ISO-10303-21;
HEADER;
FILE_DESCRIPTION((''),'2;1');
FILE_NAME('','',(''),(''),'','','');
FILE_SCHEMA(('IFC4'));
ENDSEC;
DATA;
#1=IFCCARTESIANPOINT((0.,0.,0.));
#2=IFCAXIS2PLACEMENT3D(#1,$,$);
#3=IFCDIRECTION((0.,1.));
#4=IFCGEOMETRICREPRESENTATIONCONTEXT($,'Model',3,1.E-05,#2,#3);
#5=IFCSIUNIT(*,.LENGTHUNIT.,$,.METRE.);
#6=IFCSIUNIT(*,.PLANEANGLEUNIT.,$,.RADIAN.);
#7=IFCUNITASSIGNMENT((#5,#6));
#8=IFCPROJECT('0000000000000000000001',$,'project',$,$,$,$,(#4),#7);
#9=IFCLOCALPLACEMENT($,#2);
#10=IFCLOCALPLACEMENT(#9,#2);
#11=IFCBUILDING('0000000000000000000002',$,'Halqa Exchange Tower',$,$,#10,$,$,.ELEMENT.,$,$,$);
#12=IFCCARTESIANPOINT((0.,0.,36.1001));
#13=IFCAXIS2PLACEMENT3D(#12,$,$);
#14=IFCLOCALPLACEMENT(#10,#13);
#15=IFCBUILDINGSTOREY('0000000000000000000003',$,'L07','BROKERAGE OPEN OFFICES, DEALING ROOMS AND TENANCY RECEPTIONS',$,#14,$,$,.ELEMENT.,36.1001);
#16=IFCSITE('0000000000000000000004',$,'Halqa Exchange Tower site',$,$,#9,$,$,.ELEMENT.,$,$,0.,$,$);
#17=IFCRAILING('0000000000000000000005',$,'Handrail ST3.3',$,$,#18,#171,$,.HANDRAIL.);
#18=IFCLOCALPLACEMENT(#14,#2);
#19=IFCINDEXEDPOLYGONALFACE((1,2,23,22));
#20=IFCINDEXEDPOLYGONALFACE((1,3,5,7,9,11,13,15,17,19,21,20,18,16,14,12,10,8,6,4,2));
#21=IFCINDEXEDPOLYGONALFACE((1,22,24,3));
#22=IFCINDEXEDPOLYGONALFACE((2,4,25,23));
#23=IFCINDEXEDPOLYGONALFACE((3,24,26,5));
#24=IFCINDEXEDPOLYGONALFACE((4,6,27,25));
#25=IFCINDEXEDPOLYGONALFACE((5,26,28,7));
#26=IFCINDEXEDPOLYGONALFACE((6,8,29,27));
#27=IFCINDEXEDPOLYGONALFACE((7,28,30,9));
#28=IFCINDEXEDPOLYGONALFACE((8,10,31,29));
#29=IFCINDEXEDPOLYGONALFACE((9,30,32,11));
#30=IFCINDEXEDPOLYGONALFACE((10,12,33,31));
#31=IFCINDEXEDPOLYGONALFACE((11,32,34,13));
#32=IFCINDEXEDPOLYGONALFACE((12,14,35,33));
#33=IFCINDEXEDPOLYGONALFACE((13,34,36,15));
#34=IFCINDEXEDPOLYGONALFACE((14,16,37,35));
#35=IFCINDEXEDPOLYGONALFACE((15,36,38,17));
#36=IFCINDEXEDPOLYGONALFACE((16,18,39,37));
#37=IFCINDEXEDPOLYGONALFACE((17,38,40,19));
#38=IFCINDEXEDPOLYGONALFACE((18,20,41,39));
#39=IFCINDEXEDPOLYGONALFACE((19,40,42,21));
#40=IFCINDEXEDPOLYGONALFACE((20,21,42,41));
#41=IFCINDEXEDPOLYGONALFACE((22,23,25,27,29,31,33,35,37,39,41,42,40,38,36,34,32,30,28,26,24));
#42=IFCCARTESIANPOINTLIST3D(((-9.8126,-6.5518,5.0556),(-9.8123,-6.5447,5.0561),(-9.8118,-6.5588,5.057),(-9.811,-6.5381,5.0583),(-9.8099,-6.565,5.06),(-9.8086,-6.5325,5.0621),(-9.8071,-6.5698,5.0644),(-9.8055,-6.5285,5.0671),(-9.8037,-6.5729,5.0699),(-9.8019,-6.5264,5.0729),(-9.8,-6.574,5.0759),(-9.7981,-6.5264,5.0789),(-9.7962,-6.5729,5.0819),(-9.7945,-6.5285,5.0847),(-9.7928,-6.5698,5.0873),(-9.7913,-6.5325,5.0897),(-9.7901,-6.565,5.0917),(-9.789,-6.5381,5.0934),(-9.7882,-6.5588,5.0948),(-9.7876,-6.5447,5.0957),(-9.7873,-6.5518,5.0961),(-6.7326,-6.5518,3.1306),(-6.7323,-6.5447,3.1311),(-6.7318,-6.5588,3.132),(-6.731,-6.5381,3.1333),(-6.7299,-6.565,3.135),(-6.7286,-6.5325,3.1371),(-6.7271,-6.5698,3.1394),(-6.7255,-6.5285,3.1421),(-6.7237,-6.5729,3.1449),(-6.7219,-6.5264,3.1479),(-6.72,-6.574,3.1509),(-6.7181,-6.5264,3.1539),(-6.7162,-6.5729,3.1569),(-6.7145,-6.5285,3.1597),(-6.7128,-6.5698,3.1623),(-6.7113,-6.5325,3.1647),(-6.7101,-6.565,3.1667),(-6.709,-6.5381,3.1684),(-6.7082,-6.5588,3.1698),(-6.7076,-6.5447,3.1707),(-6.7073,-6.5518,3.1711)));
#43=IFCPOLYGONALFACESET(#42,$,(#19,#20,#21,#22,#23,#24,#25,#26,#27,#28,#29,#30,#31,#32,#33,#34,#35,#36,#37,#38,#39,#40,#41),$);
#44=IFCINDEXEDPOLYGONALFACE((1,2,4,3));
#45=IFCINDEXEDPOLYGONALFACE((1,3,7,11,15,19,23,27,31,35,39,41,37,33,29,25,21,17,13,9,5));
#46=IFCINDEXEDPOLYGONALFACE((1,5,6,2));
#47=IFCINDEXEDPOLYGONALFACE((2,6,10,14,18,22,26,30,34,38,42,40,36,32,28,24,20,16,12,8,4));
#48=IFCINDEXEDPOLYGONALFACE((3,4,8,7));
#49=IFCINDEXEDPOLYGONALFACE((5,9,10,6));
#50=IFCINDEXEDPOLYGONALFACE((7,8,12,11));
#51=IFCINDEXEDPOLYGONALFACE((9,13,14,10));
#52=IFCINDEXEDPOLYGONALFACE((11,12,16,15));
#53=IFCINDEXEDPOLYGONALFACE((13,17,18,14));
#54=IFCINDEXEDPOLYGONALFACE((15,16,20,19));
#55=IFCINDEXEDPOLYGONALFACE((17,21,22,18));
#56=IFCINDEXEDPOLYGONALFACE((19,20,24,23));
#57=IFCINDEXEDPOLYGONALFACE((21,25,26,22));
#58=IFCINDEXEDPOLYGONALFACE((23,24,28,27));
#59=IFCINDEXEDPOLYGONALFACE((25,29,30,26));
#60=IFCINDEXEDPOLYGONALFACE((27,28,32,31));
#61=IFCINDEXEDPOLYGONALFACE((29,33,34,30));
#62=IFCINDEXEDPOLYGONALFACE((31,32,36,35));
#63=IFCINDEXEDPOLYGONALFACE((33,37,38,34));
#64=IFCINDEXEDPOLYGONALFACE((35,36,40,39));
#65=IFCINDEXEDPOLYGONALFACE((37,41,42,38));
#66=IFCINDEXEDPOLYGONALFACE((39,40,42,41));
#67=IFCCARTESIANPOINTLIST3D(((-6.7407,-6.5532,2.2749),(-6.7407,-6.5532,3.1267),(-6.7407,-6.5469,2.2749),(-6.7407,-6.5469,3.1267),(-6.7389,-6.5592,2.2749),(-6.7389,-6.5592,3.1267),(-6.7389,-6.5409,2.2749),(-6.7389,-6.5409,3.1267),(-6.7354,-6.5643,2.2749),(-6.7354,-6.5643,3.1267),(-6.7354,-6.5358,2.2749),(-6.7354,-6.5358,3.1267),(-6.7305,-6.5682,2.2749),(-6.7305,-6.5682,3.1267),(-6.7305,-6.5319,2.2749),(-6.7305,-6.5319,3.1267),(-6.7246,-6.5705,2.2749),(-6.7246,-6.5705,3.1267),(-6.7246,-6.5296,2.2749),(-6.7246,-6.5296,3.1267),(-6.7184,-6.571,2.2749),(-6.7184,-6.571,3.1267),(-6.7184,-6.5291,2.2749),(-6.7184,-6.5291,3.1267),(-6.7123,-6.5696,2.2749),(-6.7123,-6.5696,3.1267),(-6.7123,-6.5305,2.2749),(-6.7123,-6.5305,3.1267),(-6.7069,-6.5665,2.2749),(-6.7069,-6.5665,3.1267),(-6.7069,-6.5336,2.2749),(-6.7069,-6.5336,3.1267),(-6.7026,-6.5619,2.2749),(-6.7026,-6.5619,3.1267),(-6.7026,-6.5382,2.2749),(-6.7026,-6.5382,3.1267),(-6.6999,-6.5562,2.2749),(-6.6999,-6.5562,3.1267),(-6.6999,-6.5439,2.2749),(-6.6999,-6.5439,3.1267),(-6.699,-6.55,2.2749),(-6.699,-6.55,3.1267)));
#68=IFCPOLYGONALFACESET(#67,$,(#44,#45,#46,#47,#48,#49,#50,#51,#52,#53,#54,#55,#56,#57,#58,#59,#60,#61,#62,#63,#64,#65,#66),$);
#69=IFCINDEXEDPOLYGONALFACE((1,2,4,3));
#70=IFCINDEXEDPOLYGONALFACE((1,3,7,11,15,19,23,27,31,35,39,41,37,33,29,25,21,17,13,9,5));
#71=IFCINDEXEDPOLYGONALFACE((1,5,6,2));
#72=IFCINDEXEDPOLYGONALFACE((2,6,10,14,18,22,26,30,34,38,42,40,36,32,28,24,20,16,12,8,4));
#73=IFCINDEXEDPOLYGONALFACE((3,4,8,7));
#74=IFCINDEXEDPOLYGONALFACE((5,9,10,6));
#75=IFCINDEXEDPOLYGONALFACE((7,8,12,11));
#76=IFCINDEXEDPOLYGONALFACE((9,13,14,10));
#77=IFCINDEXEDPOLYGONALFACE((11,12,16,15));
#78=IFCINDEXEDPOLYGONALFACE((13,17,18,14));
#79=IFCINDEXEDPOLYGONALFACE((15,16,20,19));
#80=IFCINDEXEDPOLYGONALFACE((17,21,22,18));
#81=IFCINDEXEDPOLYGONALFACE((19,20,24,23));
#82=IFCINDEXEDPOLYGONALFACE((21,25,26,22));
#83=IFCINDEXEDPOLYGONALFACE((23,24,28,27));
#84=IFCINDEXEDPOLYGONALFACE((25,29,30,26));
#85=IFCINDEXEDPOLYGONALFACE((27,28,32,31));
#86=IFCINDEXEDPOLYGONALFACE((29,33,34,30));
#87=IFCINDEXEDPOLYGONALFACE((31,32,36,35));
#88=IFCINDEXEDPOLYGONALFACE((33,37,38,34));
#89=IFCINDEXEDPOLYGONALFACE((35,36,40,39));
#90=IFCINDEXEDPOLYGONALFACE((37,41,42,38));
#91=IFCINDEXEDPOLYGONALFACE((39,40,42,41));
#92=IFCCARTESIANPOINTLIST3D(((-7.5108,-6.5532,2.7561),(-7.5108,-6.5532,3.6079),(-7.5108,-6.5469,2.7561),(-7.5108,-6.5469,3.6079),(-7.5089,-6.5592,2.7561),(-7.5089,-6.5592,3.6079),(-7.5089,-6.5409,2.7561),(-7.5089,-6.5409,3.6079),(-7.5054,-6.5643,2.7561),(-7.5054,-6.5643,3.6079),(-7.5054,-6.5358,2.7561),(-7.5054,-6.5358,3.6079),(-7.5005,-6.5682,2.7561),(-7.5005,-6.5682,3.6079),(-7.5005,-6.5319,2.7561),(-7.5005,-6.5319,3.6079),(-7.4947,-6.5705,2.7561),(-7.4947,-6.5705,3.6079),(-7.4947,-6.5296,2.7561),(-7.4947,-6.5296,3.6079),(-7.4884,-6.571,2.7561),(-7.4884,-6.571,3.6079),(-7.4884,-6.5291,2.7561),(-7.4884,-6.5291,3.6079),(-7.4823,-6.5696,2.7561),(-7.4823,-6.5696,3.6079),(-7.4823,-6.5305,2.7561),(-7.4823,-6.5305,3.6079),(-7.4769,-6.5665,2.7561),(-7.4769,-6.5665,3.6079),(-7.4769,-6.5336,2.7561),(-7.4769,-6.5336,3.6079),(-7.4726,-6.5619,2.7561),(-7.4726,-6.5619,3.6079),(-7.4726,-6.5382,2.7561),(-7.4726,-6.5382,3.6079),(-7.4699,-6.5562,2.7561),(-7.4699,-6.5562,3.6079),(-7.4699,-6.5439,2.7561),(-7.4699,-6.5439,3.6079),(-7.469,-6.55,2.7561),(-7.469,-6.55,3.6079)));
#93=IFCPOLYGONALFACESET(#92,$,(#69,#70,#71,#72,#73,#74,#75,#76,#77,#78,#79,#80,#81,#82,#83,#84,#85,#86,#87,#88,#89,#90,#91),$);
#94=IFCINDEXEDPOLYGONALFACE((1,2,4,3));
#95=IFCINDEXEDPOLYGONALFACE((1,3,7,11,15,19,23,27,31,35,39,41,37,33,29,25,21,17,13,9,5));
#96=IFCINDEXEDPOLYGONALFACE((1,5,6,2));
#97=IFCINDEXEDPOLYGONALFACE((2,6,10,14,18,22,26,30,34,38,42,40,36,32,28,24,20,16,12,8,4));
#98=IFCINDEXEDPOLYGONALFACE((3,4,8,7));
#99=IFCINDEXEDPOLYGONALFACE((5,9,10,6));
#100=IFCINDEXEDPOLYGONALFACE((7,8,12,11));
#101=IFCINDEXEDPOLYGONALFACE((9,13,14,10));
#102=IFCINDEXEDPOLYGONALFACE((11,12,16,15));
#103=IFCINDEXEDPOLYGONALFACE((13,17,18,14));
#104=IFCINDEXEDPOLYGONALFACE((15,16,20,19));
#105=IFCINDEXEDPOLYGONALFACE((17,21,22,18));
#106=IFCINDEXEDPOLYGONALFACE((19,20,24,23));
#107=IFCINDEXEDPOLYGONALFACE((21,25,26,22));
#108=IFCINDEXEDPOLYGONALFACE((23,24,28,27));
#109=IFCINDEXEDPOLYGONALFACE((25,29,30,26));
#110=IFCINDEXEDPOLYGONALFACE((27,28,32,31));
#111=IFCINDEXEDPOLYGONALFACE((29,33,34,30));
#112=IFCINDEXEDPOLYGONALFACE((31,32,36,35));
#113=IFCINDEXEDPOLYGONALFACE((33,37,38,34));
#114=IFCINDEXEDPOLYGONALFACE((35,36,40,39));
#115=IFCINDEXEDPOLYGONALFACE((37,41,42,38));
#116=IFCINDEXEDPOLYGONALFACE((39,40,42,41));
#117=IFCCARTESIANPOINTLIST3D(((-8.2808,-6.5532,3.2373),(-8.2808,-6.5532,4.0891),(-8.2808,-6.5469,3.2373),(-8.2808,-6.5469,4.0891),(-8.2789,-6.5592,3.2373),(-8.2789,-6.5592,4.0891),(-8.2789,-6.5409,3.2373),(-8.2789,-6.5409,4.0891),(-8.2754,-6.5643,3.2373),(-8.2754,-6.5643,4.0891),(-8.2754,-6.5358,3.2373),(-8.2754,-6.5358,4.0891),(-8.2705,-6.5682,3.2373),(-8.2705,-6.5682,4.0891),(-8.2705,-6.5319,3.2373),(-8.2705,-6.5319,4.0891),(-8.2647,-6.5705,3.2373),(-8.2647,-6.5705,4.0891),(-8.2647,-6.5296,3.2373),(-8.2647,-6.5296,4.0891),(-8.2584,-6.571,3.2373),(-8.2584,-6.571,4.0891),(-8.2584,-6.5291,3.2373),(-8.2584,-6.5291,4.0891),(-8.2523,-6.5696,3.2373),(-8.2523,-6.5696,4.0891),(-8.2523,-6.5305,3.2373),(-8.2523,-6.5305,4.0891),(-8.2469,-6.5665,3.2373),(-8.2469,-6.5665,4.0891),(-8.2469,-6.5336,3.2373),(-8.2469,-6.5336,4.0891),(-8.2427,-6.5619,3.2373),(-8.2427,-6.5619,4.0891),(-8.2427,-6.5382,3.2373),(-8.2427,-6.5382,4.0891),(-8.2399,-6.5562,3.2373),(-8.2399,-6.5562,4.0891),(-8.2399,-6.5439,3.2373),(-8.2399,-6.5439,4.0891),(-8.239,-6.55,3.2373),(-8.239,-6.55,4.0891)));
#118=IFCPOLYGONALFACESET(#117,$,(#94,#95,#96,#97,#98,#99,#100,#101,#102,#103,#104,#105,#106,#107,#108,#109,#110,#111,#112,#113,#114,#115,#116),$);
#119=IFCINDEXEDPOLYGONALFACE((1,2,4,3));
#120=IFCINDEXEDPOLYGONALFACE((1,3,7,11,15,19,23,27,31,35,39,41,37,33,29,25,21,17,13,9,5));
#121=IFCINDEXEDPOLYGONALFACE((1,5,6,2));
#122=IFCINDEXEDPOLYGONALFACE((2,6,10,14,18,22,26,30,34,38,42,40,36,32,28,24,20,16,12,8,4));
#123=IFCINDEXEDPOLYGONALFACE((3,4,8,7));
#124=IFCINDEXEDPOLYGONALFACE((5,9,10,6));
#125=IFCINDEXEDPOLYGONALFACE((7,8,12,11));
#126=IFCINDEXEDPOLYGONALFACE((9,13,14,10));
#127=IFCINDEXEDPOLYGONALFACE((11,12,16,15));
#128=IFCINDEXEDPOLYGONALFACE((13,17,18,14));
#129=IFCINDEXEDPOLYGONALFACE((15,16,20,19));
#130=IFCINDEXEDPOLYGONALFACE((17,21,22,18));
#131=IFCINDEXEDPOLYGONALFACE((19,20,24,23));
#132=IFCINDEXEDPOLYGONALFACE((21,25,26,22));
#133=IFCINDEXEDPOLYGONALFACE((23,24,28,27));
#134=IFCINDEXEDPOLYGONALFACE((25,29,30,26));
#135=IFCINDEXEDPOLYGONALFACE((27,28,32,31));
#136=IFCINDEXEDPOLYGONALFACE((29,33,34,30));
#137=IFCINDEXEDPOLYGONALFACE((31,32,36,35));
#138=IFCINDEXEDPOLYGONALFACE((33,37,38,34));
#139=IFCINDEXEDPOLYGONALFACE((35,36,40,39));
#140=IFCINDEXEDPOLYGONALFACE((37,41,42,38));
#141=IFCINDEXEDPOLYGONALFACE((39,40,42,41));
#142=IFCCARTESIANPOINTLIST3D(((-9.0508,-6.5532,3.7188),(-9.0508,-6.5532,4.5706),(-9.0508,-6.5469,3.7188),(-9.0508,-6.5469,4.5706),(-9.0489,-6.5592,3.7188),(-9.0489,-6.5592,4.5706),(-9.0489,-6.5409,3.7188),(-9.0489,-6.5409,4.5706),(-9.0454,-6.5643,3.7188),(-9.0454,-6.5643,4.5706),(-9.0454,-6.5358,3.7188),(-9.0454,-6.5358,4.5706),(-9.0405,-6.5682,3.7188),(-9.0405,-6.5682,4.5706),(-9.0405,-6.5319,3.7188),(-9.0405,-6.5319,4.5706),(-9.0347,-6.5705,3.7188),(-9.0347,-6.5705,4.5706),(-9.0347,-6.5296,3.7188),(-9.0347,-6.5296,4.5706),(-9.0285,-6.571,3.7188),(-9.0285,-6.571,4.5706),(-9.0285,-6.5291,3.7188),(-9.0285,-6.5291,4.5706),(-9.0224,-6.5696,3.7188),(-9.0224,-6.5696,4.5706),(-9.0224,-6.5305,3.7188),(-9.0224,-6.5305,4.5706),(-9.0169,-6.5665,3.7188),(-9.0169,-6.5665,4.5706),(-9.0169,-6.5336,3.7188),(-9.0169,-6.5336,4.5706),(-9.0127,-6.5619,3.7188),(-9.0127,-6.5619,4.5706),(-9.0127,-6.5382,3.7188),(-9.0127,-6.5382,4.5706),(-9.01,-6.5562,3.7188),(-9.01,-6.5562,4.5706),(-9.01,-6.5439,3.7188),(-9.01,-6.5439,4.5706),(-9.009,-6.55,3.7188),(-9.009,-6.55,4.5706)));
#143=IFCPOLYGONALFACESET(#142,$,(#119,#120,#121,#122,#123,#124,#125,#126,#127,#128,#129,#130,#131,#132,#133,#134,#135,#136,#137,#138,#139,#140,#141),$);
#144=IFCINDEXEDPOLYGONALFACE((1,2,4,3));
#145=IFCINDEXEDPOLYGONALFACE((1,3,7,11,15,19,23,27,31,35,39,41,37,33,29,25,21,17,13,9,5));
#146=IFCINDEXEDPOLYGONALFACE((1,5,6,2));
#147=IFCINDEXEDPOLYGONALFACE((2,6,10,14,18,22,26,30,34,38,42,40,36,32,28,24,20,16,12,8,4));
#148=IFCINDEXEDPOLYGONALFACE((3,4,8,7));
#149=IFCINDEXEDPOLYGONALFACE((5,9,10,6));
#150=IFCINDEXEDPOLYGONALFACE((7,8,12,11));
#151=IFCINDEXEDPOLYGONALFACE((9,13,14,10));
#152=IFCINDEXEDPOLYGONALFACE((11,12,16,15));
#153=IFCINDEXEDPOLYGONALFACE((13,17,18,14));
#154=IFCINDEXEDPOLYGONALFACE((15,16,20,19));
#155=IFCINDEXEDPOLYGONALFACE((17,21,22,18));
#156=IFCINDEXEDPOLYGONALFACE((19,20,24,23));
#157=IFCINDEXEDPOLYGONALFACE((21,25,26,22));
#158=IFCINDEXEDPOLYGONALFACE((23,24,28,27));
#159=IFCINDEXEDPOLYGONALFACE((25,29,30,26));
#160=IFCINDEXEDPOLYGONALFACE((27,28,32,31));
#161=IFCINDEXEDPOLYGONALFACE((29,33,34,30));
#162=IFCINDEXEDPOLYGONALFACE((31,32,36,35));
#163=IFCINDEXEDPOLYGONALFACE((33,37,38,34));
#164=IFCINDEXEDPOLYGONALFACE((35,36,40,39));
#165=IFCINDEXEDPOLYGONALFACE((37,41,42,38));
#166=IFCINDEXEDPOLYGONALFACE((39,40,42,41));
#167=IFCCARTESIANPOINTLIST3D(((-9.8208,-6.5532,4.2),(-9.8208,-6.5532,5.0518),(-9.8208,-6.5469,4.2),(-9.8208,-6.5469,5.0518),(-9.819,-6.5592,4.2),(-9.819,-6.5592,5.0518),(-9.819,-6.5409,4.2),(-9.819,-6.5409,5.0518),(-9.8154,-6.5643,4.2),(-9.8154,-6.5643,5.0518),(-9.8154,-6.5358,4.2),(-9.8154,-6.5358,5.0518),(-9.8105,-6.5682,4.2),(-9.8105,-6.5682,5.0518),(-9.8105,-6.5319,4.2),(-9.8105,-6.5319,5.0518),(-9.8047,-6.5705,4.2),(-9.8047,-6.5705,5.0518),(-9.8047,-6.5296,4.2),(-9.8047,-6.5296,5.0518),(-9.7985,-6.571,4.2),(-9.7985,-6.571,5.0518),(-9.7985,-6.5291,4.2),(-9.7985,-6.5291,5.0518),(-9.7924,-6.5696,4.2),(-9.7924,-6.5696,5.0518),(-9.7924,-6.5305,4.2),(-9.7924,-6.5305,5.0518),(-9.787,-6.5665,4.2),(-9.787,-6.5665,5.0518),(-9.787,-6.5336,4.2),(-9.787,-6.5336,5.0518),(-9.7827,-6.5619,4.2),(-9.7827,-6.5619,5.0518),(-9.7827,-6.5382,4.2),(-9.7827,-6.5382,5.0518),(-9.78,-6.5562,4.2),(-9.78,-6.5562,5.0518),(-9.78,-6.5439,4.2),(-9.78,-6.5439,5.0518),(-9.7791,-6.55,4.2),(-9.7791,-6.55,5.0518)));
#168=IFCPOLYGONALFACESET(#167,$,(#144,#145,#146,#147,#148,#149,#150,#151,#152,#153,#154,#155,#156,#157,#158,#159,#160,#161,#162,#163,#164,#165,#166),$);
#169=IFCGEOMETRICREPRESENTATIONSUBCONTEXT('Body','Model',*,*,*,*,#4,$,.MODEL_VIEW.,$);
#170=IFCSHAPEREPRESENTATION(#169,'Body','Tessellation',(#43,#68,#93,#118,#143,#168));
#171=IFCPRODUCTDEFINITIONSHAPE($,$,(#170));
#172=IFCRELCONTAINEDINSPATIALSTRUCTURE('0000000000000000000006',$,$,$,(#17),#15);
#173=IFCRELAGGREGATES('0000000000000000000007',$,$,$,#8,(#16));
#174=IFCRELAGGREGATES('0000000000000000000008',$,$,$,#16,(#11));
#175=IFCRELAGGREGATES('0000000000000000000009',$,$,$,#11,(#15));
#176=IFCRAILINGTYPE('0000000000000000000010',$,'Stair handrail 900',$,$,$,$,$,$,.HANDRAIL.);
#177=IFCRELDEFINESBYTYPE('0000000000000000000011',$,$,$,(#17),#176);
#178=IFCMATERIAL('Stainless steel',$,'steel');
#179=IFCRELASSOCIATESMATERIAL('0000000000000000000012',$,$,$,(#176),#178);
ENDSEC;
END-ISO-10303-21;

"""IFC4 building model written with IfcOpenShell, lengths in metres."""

from ifc_helpers import new_model, si_unit, direction, frame, origin, origin_2d, place, context, subcontext, project, spatial, circle, extrude, material, type_object, element, save


model = new_model("IFC4")

# Units and contexts
model_context = context("Model", 3, precision=1e-05, world=origin(), true_north=direction((0.0, 1.0)))
body_context = subcontext(model_context, "Body", "Model", "MODEL_VIEW")
ifc_project = project(units=[si_unit("LENGTHUNIT", "METRE"), si_unit("PLANEANGLEUNIT", "RADIAN")], contexts=[model_context])

# Site, building, storey
site_placement = place(None, origin())
site = spatial("IfcSite", under=ifc_project, at=site_placement, Name="Halqa Exchange Tower site", CompositionType="ELEMENT", RefElevation=0.0)
building_placement = place(site_placement, origin())
building = spatial("IfcBuilding", under=site, at=building_placement, Name="Halqa Exchange Tower", CompositionType="ELEMENT")
storey_placement = place(building_placement, frame((0.0, 0.0, 36.1001)))
storey = spatial("IfcBuildingStorey", under=building, at=storey_placement, Name="L07", Description="BROKERAGE OPEN OFFICES, DEALING ROOMS AND TENANCY RECEPTIONS", CompositionType="ELEMENT", Elevation=36.1001)

# Shared definitions
ifc_material_1 = material(Name="Stainless steel", Category="steel")

# Railing
railing_type_1 = type_object("IfcRailingType", Name="Stair handrail 900", PredefinedType="HANDRAIL", material=ifc_material_1)
railing_1_placement = place(storey_placement, frame((-6.72, -6.55, 2.2749)))
element("IfcRailing", 1, at=railing_1_placement, inside=storey, type_object=railing_type_1, Name="Handrail ST3.3", PredefinedType="HANDRAIL", context=body_context, shape_type="SweptSolid", body=[
    extrude(circle(Radius=0.0239, at=origin_2d()), frame((0.0, 0.0, 0.876), z_axis=(-0.847998, 0.0, 0.529999), x_axis=(0.0, -1.0, 0.0)), (0.0, 0.0, 1.0), 3.6321),
    extrude(circle(Radius=0.021, at=origin_2d()), origin(), (0.0, 0.0, 1.0), 0.8518),
    extrude(circle(Radius=0.021, at=origin_2d()), frame((-0.77, 0.0, 0.4812)), (0.0, 0.0, 1.0), 0.8518),
    extrude(circle(Radius=0.021, at=origin_2d()), frame((-1.54, 0.0, 0.9624)), (0.0, 0.0, 1.0), 0.8518),
    extrude(circle(Radius=0.021, at=origin_2d()), frame((-2.3101, 0.0, 1.4438)), (0.0, 0.0, 1.0), 0.8518),
    extrude(circle(Radius=0.021, at=origin_2d()), frame((-3.0801, 0.0, 1.925)), (0.0, 0.0, 1.0), 0.8518),
])

save(model, "model.ifc")
